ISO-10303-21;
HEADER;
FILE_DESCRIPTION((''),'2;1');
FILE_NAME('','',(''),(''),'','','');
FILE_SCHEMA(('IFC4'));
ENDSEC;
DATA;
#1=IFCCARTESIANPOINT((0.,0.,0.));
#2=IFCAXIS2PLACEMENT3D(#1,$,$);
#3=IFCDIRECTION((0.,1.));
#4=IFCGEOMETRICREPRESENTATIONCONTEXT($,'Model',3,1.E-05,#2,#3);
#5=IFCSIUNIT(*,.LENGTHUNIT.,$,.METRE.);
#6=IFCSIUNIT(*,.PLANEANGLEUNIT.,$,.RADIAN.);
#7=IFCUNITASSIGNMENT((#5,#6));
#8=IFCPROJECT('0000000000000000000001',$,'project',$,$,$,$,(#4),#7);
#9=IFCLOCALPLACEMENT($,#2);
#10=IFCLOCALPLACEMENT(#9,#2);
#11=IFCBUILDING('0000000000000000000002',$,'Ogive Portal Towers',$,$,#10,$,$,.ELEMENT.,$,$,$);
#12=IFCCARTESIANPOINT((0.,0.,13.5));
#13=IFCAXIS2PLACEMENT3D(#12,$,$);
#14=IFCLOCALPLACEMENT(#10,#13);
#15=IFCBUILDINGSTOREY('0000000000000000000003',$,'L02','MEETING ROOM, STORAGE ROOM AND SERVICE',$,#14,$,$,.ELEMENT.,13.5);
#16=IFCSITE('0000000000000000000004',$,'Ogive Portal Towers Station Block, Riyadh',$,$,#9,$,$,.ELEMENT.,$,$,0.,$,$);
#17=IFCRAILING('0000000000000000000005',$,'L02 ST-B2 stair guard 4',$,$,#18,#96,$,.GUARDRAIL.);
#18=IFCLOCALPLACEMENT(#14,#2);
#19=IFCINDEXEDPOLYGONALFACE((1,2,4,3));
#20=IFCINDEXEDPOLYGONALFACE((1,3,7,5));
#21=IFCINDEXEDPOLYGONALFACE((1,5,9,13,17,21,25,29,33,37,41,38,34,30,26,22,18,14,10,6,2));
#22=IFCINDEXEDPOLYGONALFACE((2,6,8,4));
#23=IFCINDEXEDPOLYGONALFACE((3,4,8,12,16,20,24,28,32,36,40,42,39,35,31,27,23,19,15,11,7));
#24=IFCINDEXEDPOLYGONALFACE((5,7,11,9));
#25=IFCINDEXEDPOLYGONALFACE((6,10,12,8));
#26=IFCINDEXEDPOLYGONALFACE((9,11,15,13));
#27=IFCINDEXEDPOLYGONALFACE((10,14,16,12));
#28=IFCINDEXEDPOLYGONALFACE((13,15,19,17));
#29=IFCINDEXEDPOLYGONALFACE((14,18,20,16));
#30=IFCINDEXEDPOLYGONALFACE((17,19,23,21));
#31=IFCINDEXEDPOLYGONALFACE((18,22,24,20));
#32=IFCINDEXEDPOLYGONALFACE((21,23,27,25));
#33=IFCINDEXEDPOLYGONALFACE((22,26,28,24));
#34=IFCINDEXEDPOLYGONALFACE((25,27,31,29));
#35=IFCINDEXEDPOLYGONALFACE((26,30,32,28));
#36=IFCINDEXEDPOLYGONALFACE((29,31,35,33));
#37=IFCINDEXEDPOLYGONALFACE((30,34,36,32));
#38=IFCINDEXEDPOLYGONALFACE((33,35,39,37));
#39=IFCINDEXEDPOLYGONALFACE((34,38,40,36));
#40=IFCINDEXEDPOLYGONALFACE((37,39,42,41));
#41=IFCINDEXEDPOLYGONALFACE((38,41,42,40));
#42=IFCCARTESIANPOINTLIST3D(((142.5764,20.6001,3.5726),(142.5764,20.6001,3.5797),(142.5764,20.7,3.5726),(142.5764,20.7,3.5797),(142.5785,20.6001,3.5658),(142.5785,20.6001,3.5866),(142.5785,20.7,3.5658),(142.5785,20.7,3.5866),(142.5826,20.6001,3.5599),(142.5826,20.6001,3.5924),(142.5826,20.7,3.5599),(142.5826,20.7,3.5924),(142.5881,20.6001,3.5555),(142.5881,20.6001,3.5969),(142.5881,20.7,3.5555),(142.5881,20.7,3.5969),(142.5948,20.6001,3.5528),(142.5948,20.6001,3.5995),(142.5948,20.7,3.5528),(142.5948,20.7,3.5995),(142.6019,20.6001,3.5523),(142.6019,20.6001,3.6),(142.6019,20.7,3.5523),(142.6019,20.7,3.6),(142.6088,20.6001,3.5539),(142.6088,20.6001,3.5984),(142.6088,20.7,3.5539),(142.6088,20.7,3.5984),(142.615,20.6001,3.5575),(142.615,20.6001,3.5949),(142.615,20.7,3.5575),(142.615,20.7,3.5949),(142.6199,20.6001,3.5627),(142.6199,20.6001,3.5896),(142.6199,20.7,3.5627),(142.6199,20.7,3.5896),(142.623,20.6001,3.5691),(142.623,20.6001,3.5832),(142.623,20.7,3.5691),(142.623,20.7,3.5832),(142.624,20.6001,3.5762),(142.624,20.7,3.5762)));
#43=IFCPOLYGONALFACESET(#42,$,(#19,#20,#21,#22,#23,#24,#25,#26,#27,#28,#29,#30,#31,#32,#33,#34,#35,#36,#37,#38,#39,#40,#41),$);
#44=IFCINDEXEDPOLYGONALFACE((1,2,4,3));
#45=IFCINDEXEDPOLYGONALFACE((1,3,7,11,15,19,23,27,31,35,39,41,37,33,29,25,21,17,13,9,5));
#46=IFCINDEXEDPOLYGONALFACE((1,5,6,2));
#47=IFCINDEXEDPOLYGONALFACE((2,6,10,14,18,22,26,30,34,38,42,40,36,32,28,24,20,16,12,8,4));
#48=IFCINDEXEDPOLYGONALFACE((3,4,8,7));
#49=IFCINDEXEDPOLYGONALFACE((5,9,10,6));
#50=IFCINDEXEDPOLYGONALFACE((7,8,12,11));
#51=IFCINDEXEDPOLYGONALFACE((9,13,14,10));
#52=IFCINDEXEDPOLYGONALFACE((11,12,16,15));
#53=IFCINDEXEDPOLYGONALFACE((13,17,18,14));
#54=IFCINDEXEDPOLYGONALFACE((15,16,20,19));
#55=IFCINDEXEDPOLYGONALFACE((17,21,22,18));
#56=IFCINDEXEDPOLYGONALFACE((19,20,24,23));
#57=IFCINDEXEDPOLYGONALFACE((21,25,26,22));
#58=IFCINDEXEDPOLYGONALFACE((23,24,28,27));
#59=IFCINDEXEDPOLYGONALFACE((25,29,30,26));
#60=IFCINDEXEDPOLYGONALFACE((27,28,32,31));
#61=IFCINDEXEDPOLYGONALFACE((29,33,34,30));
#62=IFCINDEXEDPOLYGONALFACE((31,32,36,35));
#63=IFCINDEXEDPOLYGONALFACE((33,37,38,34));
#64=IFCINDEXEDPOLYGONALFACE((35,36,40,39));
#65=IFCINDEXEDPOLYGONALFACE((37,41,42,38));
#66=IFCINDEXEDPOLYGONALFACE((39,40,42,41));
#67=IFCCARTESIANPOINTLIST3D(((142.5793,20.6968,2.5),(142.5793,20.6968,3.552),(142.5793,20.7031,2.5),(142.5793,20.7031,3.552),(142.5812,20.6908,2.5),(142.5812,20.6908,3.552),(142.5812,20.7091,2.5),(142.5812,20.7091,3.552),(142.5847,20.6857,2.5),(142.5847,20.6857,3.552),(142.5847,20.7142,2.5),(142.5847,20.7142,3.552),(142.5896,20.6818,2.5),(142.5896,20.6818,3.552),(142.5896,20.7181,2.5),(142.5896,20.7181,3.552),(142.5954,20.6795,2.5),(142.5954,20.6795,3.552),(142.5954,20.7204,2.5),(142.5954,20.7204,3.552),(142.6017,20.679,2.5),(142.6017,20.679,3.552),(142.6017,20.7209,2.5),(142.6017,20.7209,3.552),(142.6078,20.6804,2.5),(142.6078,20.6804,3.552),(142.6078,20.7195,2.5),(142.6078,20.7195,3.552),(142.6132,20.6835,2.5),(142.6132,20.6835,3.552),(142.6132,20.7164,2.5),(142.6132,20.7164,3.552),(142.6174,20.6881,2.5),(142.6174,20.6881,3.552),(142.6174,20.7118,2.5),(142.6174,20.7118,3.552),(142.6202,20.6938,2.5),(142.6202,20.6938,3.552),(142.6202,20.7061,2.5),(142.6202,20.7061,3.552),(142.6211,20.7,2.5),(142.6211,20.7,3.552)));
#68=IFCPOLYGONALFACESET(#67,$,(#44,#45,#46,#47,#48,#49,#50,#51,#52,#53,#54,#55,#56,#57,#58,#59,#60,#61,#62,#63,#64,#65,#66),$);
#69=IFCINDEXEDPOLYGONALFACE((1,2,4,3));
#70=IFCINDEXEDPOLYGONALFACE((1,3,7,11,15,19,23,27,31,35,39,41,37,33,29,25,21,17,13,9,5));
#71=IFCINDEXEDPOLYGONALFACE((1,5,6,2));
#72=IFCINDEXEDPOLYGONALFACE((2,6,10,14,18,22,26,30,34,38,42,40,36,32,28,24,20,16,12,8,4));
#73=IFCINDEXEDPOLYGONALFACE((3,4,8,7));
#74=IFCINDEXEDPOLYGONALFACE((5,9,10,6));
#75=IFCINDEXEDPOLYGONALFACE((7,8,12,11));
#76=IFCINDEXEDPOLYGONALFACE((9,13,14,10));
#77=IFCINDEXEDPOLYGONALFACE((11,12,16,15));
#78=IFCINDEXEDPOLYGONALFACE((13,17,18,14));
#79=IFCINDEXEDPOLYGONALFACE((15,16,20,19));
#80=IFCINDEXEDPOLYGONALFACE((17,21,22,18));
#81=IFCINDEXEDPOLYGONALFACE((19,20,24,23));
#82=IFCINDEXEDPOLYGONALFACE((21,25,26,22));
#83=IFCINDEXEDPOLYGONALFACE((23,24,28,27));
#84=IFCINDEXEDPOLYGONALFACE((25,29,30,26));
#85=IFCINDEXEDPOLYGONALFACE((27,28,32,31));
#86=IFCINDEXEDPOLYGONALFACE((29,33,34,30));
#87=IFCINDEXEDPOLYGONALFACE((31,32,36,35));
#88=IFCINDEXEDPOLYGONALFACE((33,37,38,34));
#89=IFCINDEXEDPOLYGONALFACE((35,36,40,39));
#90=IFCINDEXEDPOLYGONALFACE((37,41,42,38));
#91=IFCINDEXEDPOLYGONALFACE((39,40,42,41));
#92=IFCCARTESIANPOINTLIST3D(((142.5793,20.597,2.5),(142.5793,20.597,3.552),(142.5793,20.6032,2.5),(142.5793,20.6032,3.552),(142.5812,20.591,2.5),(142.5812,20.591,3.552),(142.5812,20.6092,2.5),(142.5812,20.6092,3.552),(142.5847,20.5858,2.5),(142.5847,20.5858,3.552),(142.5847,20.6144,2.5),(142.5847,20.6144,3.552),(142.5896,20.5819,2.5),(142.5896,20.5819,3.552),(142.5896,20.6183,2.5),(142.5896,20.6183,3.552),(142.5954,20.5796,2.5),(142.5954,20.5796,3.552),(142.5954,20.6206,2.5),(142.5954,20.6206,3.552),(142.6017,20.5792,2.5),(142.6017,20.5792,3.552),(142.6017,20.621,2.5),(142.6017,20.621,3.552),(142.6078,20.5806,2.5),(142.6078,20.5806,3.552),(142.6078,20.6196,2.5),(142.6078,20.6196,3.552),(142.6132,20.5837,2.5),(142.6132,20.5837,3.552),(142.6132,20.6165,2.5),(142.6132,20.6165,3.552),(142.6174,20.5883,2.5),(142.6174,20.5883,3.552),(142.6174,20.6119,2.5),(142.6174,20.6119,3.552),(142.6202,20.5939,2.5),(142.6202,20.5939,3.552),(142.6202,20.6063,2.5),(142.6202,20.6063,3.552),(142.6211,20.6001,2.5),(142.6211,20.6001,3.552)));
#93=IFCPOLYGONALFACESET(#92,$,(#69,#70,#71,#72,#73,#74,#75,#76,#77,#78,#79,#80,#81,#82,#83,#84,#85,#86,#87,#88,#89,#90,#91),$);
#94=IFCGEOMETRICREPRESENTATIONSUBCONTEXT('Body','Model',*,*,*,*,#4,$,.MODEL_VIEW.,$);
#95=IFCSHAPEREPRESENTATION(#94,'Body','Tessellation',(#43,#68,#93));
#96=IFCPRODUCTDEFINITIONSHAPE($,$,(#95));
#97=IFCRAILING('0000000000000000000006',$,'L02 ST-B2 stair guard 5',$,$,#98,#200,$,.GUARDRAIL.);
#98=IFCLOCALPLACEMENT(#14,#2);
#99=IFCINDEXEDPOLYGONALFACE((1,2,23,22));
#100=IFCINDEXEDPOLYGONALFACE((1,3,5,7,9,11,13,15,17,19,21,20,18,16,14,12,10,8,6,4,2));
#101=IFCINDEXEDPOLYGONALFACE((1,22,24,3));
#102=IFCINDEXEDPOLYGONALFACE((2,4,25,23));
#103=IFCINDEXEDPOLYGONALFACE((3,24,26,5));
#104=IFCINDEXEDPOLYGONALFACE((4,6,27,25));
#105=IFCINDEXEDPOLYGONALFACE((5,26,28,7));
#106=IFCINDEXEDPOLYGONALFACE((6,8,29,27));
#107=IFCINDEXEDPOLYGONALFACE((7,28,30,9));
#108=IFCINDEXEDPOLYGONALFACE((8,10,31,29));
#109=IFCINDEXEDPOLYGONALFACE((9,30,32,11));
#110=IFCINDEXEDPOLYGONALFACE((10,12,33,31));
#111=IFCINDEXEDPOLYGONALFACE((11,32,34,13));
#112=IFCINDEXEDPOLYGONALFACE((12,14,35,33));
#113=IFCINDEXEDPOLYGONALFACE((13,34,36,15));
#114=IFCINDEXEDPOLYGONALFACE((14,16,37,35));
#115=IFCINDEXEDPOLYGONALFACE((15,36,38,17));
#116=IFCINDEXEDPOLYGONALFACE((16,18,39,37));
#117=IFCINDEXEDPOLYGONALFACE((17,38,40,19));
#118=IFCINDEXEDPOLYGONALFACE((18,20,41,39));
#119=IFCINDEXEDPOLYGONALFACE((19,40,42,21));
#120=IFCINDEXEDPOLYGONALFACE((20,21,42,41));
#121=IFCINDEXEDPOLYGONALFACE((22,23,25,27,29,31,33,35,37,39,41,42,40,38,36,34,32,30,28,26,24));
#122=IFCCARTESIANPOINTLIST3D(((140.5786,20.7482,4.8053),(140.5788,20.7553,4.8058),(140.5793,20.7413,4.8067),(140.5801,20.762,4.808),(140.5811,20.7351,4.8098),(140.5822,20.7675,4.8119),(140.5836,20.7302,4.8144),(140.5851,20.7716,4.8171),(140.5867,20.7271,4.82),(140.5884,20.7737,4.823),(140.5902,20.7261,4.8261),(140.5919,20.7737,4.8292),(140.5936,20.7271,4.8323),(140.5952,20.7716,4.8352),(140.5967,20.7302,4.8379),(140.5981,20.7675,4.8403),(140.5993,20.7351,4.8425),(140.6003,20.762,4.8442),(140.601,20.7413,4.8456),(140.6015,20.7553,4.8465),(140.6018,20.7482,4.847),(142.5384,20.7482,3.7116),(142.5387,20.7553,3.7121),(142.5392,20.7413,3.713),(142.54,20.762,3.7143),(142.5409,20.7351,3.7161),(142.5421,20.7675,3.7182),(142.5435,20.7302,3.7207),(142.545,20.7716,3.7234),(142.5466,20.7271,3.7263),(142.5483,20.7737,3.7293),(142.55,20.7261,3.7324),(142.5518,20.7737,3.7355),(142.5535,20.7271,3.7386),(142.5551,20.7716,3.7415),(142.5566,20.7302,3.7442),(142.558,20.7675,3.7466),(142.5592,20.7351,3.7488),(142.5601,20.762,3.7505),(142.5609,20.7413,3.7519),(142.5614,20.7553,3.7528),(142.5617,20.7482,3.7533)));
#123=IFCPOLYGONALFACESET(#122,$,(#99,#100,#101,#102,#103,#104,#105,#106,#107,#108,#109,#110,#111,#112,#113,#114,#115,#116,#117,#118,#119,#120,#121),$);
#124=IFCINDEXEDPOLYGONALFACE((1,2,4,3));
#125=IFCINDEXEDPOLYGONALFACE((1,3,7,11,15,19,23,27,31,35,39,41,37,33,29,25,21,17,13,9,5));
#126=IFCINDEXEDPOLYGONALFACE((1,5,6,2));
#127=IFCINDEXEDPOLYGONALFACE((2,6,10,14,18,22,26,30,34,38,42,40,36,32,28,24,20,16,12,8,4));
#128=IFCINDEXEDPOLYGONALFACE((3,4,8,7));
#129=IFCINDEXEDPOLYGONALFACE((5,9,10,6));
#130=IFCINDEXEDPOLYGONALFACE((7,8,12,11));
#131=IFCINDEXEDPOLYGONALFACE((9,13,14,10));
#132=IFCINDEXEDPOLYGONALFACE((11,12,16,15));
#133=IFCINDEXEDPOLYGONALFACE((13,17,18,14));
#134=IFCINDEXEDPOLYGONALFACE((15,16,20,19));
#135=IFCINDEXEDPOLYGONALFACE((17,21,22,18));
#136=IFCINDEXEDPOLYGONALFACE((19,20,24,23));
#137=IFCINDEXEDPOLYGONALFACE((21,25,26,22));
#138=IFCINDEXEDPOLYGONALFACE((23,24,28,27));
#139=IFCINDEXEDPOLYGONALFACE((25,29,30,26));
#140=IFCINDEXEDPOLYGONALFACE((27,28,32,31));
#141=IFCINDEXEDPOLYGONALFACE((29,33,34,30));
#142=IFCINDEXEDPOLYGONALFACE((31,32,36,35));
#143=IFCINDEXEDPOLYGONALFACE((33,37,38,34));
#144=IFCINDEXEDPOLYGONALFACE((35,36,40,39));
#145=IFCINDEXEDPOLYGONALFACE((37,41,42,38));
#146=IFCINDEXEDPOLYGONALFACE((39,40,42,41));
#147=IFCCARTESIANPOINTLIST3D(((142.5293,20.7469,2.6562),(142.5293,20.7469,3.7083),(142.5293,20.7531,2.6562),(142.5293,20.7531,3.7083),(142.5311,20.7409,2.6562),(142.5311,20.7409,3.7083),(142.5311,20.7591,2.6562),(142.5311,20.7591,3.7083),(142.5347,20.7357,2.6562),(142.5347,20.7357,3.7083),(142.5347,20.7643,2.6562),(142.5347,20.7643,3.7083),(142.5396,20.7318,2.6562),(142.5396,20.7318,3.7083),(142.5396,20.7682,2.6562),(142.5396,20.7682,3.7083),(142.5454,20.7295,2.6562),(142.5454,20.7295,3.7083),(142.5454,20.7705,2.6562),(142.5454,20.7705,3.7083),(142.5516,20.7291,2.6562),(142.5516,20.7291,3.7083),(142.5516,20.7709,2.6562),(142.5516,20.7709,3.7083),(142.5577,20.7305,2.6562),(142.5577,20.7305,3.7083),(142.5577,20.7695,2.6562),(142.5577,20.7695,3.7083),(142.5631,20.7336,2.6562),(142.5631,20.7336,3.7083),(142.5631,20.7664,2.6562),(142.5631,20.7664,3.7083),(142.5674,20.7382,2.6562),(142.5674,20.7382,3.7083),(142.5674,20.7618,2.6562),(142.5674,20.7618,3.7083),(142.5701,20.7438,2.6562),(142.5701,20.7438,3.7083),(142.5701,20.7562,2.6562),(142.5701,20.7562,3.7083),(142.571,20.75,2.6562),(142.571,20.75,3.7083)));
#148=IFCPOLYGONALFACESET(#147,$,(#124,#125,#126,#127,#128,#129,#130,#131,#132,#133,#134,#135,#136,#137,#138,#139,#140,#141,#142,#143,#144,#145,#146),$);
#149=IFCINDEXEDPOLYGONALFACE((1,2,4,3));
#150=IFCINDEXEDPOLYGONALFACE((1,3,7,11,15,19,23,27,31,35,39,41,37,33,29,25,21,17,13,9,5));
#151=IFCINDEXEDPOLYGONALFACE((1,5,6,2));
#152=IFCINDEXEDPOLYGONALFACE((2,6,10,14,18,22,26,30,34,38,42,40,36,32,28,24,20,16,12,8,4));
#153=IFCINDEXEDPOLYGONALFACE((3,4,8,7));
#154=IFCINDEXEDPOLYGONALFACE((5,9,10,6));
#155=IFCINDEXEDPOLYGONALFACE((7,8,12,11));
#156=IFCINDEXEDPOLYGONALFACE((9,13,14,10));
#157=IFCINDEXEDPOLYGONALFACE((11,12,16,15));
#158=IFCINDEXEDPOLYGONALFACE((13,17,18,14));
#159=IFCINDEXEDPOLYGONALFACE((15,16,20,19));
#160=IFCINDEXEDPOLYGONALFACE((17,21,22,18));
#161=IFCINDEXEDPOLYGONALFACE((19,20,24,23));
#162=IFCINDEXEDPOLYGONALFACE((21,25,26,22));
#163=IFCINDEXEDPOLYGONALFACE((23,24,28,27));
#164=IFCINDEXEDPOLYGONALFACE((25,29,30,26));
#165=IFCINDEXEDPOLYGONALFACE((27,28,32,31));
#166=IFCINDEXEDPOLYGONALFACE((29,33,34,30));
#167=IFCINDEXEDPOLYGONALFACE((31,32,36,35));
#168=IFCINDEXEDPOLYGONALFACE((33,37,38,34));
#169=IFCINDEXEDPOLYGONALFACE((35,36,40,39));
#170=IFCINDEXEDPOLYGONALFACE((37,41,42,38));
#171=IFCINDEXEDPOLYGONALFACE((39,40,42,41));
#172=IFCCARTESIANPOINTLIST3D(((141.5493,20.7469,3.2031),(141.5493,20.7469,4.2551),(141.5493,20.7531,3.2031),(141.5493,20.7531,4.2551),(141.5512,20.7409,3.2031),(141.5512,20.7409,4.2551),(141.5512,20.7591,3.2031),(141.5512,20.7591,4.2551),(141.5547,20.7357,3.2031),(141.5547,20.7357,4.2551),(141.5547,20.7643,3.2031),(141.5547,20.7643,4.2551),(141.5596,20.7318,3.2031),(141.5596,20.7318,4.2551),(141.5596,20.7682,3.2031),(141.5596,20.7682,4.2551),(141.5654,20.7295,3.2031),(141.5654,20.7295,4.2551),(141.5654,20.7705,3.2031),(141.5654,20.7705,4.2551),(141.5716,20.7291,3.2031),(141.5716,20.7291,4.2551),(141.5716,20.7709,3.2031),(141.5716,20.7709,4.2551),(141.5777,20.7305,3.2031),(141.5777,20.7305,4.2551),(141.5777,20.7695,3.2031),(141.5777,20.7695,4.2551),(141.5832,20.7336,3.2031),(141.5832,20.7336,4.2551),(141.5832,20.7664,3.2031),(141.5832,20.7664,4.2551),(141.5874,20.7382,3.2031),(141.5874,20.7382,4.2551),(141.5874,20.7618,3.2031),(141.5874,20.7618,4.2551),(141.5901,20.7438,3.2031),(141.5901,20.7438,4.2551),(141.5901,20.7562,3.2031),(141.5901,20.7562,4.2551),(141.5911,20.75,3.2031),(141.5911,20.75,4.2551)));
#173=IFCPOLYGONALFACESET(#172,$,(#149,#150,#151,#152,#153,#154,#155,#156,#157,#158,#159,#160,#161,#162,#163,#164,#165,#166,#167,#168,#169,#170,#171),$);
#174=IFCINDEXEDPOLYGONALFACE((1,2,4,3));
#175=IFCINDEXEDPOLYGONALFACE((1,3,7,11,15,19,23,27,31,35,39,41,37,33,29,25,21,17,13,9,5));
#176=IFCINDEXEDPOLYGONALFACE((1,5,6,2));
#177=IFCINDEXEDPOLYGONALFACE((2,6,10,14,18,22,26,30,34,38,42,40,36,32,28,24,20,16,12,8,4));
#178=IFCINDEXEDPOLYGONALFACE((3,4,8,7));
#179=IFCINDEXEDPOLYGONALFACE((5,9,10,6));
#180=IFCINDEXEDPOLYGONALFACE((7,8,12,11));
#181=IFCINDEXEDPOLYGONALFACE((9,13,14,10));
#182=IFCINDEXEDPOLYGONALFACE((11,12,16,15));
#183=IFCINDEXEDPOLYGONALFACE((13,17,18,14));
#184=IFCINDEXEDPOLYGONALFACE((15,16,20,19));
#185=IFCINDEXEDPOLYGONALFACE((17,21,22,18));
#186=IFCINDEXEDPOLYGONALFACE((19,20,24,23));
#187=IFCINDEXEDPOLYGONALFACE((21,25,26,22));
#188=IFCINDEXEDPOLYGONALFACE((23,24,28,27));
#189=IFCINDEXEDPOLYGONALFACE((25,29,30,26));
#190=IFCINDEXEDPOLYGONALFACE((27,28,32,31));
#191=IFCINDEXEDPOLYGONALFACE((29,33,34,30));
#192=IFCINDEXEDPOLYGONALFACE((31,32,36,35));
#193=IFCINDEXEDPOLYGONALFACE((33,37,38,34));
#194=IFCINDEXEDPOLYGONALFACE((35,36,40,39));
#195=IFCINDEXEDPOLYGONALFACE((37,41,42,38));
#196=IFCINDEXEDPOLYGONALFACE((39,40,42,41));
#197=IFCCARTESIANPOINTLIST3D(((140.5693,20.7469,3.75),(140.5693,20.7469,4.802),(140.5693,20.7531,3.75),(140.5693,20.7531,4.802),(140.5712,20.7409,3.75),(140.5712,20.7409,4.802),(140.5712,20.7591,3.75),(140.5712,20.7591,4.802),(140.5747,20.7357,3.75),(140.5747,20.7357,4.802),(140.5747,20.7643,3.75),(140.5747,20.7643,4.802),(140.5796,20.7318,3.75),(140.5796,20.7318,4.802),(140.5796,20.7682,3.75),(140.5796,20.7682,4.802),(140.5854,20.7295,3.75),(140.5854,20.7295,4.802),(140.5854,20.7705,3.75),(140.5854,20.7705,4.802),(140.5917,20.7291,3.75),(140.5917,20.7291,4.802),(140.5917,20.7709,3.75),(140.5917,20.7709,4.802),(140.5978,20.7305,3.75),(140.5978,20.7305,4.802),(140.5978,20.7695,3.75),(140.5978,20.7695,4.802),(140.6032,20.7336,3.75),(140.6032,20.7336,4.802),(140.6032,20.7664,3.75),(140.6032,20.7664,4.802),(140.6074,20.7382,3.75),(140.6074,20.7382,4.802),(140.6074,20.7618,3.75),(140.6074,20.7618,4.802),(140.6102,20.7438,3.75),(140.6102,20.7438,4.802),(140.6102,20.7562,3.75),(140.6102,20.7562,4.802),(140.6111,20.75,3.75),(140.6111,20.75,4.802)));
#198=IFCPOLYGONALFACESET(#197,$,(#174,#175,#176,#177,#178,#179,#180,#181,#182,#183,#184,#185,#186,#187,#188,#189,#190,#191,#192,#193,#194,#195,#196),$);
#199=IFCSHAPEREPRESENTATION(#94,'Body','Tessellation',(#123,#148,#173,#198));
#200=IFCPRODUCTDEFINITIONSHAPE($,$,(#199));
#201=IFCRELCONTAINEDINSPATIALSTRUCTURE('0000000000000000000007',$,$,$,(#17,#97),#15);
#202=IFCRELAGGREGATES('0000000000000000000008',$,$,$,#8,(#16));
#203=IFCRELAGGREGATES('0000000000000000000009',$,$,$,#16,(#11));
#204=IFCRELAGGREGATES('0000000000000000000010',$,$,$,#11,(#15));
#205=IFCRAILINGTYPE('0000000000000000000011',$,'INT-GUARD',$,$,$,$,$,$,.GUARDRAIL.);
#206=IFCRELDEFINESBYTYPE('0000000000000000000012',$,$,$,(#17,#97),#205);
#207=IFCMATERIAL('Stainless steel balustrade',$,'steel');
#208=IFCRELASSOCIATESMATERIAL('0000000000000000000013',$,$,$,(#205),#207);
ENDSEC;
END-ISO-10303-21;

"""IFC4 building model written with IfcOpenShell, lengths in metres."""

from ifc_helpers import new_model, si_unit, direction, frame, origin, origin_2d, place, context, subcontext, project, spatial, circle, extrude, material, type_object, element, save


model = new_model("IFC4")

# Units and contexts
model_context = context("Model", 3, precision=1e-05, world=origin(), true_north=direction((0.0, 1.0)))
body_context = subcontext(model_context, "Body", "Model", "MODEL_VIEW")
ifc_project = project(units=[si_unit("LENGTHUNIT", "METRE"), si_unit("PLANEANGLEUNIT", "RADIAN")], contexts=[model_context])

# Site, building, storey
site_placement = place(None, origin())
site = spatial("IfcSite", under=ifc_project, at=site_placement, Name="Ogive Portal Towers Station Block, Riyadh", CompositionType="ELEMENT", RefElevation=0.0)
building_placement = place(site_placement, origin())
building = spatial("IfcBuilding", under=site, at=building_placement, Name="Ogive Portal Towers", CompositionType="ELEMENT")
storey_placement = place(building_placement, frame((0.0, 0.0, 13.5)))
storey = spatial("IfcBuildingStorey", under=building, at=storey_placement, Name="L02", Description="MEETING ROOM, STORAGE ROOM AND SERVICE", CompositionType="ELEMENT", Elevation=13.5)

# Railings
ifc_material_1 = material(Name="Stainless steel balustrade", Category="steel")
railing_type_1 = type_object("IfcRailingType", Name="INT-GUARD", PredefinedType="GUARDRAIL", material=ifc_material_1)
railing_1_placement = place(storey_placement, frame((142.6001, 20.7, 2.5)))
element("IfcRailing", 1, at=railing_1_placement, inside=storey, type_object=railing_type_1, Name="L02 ST-B2 stair guard 4", PredefinedType="GUARDRAIL", context=body_context, shape_type="SweptSolid", body=[
    extrude(circle(Radius=0.0239, at=origin_2d()), frame((0.0, 0.0, 1.0762), z_axis=(0.0, -1.0, 0.0), x_axis=(1.0, 0.0, 0.0)), (0.0, 0.0, 1.0), 0.0999),
    extrude(circle(Radius=0.021, at=origin_2d()), origin(), (0.0, 0.0, 1.0), 1.052),
    extrude(circle(Radius=0.021, at=origin_2d()), frame((0.0, -0.0999, 0.0)), (0.0, 0.0, 1.0), 1.052),
])
railing_2_placement = place(storey_placement, frame((142.55, 20.75, 2.6562)))
element("IfcRailing", 2, at=railing_2_placement, inside=storey, type_object=railing_type_1, Name="L02 ST-B2 stair guard 5", PredefinedType="GUARDRAIL", context=body_context, shape_type="SweptSolid", body=[
    extrude(circle(Radius=0.0239, at=origin_2d()), frame((0.0, 0.0, 1.0762), z_axis=(-0.873232, 0.0, 0.487304), x_axis=(0.0, -1.0, 0.0)), (0.0, 0.0, 1.0), 2.2444),
    extrude(circle(Radius=0.021, at=origin_2d()), origin(), (0.0, 0.0, 1.0), 1.052),
    extrude(circle(Radius=0.021, at=origin_2d()), frame((-0.98, 0.0, 0.5469)), (0.0, 0.0, 1.0), 1.052),
    extrude(circle(Radius=0.021, at=origin_2d()), frame((-1.96, 0.0, 1.0938)), (0.0, 0.0, 1.0), 1.052),
])

save(model, "model.ifc")
